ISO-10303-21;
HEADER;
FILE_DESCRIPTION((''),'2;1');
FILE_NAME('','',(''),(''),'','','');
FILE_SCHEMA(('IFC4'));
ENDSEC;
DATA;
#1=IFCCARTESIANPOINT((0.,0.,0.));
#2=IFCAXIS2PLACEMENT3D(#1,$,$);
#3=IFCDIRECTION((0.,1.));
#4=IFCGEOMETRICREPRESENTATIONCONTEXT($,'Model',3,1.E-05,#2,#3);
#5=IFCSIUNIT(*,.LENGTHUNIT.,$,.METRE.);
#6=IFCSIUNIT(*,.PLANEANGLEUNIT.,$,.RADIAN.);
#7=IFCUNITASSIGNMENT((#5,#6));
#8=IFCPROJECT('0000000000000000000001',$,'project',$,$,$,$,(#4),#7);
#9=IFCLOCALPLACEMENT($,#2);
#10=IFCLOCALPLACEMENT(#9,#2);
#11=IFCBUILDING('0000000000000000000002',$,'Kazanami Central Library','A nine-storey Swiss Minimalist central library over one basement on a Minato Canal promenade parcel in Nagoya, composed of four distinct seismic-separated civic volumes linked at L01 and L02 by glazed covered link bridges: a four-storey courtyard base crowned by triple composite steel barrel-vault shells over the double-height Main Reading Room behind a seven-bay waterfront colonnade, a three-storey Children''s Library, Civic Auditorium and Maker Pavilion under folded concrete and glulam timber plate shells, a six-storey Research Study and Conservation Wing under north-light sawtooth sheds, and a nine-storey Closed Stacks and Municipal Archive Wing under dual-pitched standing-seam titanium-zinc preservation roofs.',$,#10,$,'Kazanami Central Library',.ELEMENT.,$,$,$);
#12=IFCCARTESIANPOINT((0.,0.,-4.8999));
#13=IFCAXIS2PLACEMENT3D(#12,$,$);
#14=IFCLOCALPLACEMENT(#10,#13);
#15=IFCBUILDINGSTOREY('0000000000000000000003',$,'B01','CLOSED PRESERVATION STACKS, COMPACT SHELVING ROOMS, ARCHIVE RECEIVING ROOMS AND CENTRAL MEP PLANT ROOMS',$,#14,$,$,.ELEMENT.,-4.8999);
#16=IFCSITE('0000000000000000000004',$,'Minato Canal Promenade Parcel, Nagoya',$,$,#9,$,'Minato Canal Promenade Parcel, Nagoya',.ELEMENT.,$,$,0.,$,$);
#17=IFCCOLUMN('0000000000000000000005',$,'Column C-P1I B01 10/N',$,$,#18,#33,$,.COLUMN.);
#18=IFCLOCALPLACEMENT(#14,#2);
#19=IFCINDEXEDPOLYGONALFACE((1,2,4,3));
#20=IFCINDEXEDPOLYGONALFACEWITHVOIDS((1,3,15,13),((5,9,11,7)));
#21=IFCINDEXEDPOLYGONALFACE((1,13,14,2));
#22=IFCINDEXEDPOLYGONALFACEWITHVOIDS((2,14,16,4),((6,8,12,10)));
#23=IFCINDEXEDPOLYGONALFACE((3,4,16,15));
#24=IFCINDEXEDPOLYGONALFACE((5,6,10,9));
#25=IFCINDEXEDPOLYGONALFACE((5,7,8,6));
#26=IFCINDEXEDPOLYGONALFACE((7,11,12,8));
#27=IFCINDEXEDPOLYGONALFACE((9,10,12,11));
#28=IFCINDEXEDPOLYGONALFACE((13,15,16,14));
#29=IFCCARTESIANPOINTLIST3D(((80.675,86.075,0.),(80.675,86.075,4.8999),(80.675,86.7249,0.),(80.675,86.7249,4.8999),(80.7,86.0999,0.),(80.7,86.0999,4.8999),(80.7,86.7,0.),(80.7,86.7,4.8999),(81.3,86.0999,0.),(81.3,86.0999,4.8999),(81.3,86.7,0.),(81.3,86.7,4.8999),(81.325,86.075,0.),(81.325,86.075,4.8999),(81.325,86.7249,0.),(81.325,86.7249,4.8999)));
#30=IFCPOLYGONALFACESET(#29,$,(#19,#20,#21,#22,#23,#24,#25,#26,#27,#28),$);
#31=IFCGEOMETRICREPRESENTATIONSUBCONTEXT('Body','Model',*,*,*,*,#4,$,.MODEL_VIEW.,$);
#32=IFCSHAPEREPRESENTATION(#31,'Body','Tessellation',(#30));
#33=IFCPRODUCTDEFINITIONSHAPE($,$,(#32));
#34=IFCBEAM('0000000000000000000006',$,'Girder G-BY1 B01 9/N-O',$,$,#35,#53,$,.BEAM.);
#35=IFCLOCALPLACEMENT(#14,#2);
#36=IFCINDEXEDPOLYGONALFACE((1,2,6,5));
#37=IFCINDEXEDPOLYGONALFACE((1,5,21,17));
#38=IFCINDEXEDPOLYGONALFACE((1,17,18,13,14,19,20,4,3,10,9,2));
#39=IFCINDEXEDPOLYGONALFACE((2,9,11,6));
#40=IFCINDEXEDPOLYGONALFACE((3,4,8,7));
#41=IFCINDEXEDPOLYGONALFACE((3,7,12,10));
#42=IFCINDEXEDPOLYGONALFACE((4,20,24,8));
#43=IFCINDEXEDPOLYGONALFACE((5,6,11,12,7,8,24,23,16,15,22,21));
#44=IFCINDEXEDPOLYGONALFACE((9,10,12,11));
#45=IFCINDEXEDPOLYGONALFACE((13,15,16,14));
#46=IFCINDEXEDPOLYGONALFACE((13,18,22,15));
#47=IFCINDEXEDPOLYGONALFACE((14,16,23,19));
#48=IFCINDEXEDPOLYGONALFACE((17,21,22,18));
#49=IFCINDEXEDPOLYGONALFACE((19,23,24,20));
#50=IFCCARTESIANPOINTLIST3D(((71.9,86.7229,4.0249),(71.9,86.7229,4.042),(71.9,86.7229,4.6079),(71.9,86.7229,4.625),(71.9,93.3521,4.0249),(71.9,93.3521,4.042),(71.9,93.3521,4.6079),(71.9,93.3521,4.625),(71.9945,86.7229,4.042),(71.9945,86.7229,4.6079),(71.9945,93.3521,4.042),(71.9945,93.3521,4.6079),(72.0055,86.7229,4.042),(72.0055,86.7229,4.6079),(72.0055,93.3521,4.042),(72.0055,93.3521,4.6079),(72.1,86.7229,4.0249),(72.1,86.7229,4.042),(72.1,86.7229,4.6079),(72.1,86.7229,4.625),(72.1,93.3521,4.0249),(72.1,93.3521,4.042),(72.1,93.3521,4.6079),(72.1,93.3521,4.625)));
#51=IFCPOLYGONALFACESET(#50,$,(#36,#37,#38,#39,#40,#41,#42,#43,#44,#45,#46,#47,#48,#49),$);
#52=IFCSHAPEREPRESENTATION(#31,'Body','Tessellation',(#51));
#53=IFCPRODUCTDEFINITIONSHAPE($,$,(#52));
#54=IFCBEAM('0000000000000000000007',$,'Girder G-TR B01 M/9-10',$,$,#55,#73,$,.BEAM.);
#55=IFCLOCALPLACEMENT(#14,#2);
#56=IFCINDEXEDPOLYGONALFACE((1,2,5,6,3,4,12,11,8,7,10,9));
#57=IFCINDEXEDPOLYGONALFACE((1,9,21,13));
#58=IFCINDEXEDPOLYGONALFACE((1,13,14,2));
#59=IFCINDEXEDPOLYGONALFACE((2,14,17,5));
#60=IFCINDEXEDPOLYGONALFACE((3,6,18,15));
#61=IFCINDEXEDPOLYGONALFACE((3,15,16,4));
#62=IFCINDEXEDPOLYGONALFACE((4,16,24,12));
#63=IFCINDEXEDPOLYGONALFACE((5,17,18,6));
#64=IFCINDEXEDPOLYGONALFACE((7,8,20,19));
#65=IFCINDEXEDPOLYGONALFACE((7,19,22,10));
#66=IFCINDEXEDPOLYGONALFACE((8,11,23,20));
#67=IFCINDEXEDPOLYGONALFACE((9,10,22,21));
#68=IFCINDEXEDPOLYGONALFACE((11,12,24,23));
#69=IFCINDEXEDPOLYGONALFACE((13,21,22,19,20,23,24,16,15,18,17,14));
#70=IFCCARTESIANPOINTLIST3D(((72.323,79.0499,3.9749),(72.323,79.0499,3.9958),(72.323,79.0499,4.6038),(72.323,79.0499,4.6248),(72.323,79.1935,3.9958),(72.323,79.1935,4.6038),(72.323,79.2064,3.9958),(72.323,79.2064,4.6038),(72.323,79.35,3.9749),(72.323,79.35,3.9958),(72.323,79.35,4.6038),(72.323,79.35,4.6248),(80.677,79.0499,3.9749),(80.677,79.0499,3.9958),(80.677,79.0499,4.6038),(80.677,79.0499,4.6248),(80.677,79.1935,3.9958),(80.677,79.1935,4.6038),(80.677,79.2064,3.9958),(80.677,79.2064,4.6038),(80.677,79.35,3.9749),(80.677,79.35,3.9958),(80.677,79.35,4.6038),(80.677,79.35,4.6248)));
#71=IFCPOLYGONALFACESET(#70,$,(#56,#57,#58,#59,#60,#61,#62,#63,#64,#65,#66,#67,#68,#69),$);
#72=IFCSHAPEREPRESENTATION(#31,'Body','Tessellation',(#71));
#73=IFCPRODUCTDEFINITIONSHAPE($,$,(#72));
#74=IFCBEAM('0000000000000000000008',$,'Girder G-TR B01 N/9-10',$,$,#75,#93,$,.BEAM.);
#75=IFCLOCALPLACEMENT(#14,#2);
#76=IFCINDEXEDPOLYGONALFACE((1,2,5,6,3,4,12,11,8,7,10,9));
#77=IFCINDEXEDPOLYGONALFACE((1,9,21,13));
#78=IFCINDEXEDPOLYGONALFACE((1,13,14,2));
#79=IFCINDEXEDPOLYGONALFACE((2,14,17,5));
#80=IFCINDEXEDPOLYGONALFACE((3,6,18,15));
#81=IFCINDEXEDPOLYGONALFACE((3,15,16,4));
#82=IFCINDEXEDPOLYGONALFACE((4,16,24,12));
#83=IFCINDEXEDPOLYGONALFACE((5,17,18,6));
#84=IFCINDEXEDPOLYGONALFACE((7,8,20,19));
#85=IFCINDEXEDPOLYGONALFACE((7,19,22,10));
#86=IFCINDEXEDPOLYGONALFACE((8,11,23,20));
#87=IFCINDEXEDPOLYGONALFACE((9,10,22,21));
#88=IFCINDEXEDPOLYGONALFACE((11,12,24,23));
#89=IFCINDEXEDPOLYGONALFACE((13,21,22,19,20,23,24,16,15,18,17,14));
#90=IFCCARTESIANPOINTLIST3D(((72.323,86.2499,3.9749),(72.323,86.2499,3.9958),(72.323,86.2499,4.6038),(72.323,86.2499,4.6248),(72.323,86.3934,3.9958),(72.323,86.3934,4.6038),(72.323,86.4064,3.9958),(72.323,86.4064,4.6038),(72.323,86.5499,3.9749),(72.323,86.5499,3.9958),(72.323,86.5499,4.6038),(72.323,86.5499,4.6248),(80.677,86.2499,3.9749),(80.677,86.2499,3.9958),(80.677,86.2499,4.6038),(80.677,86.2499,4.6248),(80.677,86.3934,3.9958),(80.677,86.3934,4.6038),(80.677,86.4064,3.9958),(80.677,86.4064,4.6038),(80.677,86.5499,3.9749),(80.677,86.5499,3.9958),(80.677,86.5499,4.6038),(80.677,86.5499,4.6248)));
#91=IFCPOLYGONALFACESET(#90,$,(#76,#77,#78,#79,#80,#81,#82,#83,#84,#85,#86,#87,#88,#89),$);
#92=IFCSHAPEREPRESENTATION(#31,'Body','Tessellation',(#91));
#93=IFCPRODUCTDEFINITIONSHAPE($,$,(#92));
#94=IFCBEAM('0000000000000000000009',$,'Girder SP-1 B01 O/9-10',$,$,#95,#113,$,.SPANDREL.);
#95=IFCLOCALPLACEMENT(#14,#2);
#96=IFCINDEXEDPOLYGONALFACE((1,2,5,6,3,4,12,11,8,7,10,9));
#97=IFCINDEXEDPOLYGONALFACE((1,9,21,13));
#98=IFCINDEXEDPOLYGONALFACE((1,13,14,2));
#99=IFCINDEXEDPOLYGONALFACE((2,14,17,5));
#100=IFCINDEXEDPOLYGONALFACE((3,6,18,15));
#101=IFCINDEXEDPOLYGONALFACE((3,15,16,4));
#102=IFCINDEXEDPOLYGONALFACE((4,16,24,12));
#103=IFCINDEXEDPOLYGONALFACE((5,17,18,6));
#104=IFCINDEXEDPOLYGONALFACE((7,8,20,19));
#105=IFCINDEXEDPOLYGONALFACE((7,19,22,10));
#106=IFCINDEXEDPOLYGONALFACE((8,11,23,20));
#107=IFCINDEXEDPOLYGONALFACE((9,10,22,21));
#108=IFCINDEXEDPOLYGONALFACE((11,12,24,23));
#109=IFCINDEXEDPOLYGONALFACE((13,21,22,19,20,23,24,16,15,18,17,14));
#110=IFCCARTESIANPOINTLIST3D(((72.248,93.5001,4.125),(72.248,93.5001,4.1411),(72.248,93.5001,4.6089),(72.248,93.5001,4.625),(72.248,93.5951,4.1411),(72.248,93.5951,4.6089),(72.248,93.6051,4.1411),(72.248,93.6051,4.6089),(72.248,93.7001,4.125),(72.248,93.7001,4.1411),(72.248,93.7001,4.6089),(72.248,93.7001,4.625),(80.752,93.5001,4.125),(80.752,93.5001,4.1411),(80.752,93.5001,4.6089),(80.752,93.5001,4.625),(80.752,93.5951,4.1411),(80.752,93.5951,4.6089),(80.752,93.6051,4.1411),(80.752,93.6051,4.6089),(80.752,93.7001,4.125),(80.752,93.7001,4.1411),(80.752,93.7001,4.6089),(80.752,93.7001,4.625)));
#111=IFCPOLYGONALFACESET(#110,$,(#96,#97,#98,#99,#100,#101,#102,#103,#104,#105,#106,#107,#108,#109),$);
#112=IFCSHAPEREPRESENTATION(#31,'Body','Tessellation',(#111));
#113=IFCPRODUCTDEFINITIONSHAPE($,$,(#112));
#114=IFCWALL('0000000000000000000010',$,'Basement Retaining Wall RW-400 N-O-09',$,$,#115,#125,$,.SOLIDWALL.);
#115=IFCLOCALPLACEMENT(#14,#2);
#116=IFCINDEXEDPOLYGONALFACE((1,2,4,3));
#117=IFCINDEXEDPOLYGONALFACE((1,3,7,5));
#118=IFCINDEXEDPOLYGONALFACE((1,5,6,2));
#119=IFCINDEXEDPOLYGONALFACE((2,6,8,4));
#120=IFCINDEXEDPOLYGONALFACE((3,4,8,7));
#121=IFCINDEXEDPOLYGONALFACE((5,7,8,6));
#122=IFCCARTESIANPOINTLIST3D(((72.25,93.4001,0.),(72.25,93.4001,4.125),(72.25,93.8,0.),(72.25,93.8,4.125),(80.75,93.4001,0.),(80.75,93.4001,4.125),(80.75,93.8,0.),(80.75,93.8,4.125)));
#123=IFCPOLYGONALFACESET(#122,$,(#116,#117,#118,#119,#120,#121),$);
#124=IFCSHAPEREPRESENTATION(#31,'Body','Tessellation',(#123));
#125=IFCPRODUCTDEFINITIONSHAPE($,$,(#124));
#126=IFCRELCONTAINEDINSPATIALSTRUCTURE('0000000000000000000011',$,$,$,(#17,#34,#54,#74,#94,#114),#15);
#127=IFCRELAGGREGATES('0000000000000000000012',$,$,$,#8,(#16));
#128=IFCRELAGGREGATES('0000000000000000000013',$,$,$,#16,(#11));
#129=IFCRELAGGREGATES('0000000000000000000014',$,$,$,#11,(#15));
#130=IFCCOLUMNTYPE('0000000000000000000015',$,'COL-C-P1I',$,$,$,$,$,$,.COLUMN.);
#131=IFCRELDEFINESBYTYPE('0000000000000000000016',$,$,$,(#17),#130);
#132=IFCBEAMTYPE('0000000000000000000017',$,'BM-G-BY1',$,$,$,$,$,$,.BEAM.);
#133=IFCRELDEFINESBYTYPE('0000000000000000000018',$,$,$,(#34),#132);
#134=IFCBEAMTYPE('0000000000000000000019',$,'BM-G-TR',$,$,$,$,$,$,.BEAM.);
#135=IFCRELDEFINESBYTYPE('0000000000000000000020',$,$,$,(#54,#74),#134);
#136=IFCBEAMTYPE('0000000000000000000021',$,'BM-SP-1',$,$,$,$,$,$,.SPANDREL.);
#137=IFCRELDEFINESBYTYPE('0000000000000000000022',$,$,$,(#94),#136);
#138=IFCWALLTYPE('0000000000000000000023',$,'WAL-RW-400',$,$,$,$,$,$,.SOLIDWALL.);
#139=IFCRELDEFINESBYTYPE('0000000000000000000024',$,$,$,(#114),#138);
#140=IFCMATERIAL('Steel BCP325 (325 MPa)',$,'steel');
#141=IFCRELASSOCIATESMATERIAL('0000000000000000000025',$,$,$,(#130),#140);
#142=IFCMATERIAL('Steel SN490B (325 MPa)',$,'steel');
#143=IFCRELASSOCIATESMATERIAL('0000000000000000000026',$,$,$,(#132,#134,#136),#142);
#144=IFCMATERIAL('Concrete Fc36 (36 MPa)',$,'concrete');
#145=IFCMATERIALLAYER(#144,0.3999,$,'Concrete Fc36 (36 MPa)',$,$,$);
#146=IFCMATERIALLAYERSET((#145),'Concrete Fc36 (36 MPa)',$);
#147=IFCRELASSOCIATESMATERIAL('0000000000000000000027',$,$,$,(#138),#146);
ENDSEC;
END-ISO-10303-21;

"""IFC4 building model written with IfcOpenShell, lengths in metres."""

from ifc_helpers import new_model, si_unit, direction, frame, frame_2d, origin, origin_2d, place, context, subcontext, project, spatial, rectangle, hollow_rectangle, i_section, extrude, material, layer, layer_set, material_profile, profile_set, type_object, element, save


model = new_model("IFC4")

# Units and contexts
model_context = context("Model", 3, precision=1e-05, world=origin(), true_north=direction((0.0, 1.0)))
body_context = subcontext(model_context, "Body", "Model", "MODEL_VIEW")
ifc_project = project(units=[si_unit("LENGTHUNIT", "METRE"), si_unit("PLANEANGLEUNIT", "RADIAN")], contexts=[model_context])

# Site, building, storey
site_placement = place(None, origin())
site = spatial("IfcSite", under=ifc_project, at=site_placement, Name="Minato Canal Promenade Parcel, Nagoya", LongName="Minato Canal Promenade Parcel, Nagoya", CompositionType="ELEMENT", RefElevation=0.0)
building_placement = place(site_placement, origin())
building = spatial("IfcBuilding", under=site, at=building_placement, Name="Kazanami Central Library", Description="A nine-storey Swiss Minimalist central library over one basement on a Minato Canal promenade parcel in Nagoya, composed of four distinct seismic-separated civic volumes linked at L01 and L02 by glazed covered link bridges: a four-storey courtyard base crowned by triple composite steel barrel-vault shells over the double-height Main Reading Room behind a seven-bay waterfront colonnade, a three-storey Children's Library, Civic Auditorium and Maker Pavilion under folded concrete and glulam timber plate shells, a six-storey Research Study and Conservation Wing under north-light sawtooth sheds, and a nine-storey Closed Stacks and Municipal Archive Wing under dual-pitched standing-seam titanium-zinc preservation roofs.", LongName="Kazanami Central Library", CompositionType="ELEMENT")
storey_placement = place(building_placement, frame((0.0, 0.0, -4.8999)))
storey = spatial("IfcBuildingStorey", under=building, at=storey_placement, Name="B01", Description="CLOSED PRESERVATION STACKS, COMPACT SHELVING ROOMS, ARCHIVE RECEIVING ROOMS AND CENTRAL MEP PLANT ROOMS", CompositionType="ELEMENT", Elevation=-4.8999)

# Shared definitions
ifc_material_1 = material(Name="Concrete Fc36 (36 MPa)", Category="concrete")

# Column
ifc_material_2 = material(Name="Steel BCP325 (325 MPa)", Category="steel")
ifc_material_profile_1 = material_profile(ifc_material_2, hollow_rectangle(XDim=0.6499, YDim=0.6499, WallThickness=0.0249, at=origin_2d()), Name="BCP-650x650x25")
ifc_profile_set_1 = profile_set([ifc_material_profile_1], Name="Steel BCP325 (325 MPa)")
column_type_1 = type_object("IfcColumnType", Name="COL-C-P1I", PredefinedType="COLUMN", material=ifc_profile_set_1)
for number, where, z_axis, x_axis, name in (
    (1, (81.0, 86.3999, 0.0), (0.0, 0.0, 1.0), (1.0, 0.0, 0.0), "Column C-P1I B01 10/N"),
):
    element("IfcColumn", number, at=place(storey_placement, frame(where, z_axis=z_axis, x_axis=x_axis)), inside=storey, type_object=column_type_1, Name=name, PredefinedType="COLUMN", context=body_context, shape_type="SweptSolid", body=[
        extrude(hollow_rectangle(XDim=0.6499, YDim=0.6499, WallThickness=0.0249, at=origin_2d()), origin(), (0.0, 0.0, 1.0), 4.8999),
    ])

# Beams
ifc_material_3 = material(Name="Steel SN490B (325 MPa)", Category="steel")
ifc_material_profile_2 = material_profile(ifc_material_3, i_section(OverallWidth=0.2, OverallDepth=0.6001, WebThickness=0.011, FlangeThickness=0.0171, at=origin_2d()), Name="H-600x200x11x17")
ifc_profile_set_2 = profile_set([ifc_material_profile_2], Name="Steel SN490B (325 MPa)")
beam_type_1 = type_object("IfcBeamType", Name="BM-G-BY1", PredefinedType="BEAM", material=ifc_profile_set_2)
beam_1_placement = place(storey_placement, frame((72.0, 86.7229, 4.325), z_axis=(0.0, 1.0, 0.0), x_axis=(-1.0, 0.0, 0.0)))
element("IfcBeam", 2, at=beam_1_placement, inside=storey, type_object=beam_type_1, Name="Girder G-BY1 B01 9/N-O", PredefinedType="BEAM", context=body_context, shape_type="SweptSolid", body=[
    extrude(i_section(OverallWidth=0.2, OverallDepth=0.6001, WebThickness=0.011, FlangeThickness=0.0171, at=origin_2d()), origin(), (0.0, 0.0, 1.0), 6.6292),
])
ifc_material_profile_3 = material_profile(ifc_material_3, i_section(OverallWidth=0.3, OverallDepth=0.6499, WebThickness=0.0129, FlangeThickness=0.021, at=origin_2d()), Name="H-650x300x13x21")
ifc_profile_set_3 = profile_set([ifc_material_profile_3], Name="Steel SN490B (325 MPa)")
beam_type_2 = type_object("IfcBeamType", Name="BM-G-TR", PredefinedType="BEAM", material=ifc_profile_set_3)
for number, where, z_axis, x_axis, name in (
    (3, (72.323, 79.2, 4.2998), (1.0, 0.0, 0.0), (0.0, 1.0, 0.0), "Girder G-TR B01 M/9-10"),
    (4, (72.323, 86.3999, 4.2998), (1.0, 0.0, 0.0), (0.0, 1.0, 0.0), "Girder G-TR B01 N/9-10"),
):
    element("IfcBeam", number, at=place(storey_placement, frame(where, z_axis=z_axis, x_axis=x_axis)), inside=storey, type_object=beam_type_2, Name=name, PredefinedType="BEAM", context=body_context, shape_type="SweptSolid", body=[
        extrude(i_section(OverallWidth=0.3, OverallDepth=0.6499, WebThickness=0.0129, FlangeThickness=0.021, at=origin_2d()), origin(), (0.0, 0.0, 1.0), 8.354),
    ])
ifc_material_profile_4 = material_profile(ifc_material_3, i_section(OverallWidth=0.2, OverallDepth=0.5, WebThickness=0.01, FlangeThickness=0.0161, at=origin_2d()), Name="H-500x200x10x16")
ifc_profile_set_4 = profile_set([ifc_material_profile_4], Name="Steel SN490B (325 MPa)")
beam_type_3 = type_object("IfcBeamType", Name="BM-SP-1", PredefinedType="SPANDREL", material=ifc_profile_set_4)
beam_2_placement = place(storey_placement, frame((72.248, 93.6001, 4.375), z_axis=(1.0, 0.0, 0.0), x_axis=(0.0, 1.0, 0.0)))
element("IfcBeam", 5, at=beam_2_placement, inside=storey, type_object=beam_type_3, Name="Girder SP-1 B01 O/9-10", PredefinedType="SPANDREL", context=body_context, shape_type="SweptSolid", body=[
    extrude(i_section(OverallWidth=0.2, OverallDepth=0.5, WebThickness=0.01, FlangeThickness=0.0161, at=origin_2d()), origin(), (0.0, 0.0, 1.0), 8.5039),
])

# Wall
ifc_layer = layer(ifc_material_1, 0.3999, Name="Concrete Fc36 (36 MPa)")
ifc_layer_set = layer_set([ifc_layer], Name="Concrete Fc36 (36 MPa)")
wall_type = type_object("IfcWallType", Name="WAL-RW-400", PredefinedType="SOLIDWALL", material=ifc_layer_set)
wall_placement = place(storey_placement, frame((80.75, 93.6001, 0.0), z_axis=(0.0, 0.0, 1.0), x_axis=(-1.0, 0.0, 0.0)))
element("IfcWall", 6, at=wall_placement, inside=storey, type_object=wall_type, Name="Basement Retaining Wall RW-400 N-O-09", PredefinedType="SOLIDWALL", context=body_context, shape_type="SweptSolid", body=[
    extrude(rectangle(XDim=8.5, YDim=0.3999, at=frame_2d((4.25, 0.0))), origin(), (0.0, 0.0, 1.0), 4.125),
])

save(model, "model.ifc")
